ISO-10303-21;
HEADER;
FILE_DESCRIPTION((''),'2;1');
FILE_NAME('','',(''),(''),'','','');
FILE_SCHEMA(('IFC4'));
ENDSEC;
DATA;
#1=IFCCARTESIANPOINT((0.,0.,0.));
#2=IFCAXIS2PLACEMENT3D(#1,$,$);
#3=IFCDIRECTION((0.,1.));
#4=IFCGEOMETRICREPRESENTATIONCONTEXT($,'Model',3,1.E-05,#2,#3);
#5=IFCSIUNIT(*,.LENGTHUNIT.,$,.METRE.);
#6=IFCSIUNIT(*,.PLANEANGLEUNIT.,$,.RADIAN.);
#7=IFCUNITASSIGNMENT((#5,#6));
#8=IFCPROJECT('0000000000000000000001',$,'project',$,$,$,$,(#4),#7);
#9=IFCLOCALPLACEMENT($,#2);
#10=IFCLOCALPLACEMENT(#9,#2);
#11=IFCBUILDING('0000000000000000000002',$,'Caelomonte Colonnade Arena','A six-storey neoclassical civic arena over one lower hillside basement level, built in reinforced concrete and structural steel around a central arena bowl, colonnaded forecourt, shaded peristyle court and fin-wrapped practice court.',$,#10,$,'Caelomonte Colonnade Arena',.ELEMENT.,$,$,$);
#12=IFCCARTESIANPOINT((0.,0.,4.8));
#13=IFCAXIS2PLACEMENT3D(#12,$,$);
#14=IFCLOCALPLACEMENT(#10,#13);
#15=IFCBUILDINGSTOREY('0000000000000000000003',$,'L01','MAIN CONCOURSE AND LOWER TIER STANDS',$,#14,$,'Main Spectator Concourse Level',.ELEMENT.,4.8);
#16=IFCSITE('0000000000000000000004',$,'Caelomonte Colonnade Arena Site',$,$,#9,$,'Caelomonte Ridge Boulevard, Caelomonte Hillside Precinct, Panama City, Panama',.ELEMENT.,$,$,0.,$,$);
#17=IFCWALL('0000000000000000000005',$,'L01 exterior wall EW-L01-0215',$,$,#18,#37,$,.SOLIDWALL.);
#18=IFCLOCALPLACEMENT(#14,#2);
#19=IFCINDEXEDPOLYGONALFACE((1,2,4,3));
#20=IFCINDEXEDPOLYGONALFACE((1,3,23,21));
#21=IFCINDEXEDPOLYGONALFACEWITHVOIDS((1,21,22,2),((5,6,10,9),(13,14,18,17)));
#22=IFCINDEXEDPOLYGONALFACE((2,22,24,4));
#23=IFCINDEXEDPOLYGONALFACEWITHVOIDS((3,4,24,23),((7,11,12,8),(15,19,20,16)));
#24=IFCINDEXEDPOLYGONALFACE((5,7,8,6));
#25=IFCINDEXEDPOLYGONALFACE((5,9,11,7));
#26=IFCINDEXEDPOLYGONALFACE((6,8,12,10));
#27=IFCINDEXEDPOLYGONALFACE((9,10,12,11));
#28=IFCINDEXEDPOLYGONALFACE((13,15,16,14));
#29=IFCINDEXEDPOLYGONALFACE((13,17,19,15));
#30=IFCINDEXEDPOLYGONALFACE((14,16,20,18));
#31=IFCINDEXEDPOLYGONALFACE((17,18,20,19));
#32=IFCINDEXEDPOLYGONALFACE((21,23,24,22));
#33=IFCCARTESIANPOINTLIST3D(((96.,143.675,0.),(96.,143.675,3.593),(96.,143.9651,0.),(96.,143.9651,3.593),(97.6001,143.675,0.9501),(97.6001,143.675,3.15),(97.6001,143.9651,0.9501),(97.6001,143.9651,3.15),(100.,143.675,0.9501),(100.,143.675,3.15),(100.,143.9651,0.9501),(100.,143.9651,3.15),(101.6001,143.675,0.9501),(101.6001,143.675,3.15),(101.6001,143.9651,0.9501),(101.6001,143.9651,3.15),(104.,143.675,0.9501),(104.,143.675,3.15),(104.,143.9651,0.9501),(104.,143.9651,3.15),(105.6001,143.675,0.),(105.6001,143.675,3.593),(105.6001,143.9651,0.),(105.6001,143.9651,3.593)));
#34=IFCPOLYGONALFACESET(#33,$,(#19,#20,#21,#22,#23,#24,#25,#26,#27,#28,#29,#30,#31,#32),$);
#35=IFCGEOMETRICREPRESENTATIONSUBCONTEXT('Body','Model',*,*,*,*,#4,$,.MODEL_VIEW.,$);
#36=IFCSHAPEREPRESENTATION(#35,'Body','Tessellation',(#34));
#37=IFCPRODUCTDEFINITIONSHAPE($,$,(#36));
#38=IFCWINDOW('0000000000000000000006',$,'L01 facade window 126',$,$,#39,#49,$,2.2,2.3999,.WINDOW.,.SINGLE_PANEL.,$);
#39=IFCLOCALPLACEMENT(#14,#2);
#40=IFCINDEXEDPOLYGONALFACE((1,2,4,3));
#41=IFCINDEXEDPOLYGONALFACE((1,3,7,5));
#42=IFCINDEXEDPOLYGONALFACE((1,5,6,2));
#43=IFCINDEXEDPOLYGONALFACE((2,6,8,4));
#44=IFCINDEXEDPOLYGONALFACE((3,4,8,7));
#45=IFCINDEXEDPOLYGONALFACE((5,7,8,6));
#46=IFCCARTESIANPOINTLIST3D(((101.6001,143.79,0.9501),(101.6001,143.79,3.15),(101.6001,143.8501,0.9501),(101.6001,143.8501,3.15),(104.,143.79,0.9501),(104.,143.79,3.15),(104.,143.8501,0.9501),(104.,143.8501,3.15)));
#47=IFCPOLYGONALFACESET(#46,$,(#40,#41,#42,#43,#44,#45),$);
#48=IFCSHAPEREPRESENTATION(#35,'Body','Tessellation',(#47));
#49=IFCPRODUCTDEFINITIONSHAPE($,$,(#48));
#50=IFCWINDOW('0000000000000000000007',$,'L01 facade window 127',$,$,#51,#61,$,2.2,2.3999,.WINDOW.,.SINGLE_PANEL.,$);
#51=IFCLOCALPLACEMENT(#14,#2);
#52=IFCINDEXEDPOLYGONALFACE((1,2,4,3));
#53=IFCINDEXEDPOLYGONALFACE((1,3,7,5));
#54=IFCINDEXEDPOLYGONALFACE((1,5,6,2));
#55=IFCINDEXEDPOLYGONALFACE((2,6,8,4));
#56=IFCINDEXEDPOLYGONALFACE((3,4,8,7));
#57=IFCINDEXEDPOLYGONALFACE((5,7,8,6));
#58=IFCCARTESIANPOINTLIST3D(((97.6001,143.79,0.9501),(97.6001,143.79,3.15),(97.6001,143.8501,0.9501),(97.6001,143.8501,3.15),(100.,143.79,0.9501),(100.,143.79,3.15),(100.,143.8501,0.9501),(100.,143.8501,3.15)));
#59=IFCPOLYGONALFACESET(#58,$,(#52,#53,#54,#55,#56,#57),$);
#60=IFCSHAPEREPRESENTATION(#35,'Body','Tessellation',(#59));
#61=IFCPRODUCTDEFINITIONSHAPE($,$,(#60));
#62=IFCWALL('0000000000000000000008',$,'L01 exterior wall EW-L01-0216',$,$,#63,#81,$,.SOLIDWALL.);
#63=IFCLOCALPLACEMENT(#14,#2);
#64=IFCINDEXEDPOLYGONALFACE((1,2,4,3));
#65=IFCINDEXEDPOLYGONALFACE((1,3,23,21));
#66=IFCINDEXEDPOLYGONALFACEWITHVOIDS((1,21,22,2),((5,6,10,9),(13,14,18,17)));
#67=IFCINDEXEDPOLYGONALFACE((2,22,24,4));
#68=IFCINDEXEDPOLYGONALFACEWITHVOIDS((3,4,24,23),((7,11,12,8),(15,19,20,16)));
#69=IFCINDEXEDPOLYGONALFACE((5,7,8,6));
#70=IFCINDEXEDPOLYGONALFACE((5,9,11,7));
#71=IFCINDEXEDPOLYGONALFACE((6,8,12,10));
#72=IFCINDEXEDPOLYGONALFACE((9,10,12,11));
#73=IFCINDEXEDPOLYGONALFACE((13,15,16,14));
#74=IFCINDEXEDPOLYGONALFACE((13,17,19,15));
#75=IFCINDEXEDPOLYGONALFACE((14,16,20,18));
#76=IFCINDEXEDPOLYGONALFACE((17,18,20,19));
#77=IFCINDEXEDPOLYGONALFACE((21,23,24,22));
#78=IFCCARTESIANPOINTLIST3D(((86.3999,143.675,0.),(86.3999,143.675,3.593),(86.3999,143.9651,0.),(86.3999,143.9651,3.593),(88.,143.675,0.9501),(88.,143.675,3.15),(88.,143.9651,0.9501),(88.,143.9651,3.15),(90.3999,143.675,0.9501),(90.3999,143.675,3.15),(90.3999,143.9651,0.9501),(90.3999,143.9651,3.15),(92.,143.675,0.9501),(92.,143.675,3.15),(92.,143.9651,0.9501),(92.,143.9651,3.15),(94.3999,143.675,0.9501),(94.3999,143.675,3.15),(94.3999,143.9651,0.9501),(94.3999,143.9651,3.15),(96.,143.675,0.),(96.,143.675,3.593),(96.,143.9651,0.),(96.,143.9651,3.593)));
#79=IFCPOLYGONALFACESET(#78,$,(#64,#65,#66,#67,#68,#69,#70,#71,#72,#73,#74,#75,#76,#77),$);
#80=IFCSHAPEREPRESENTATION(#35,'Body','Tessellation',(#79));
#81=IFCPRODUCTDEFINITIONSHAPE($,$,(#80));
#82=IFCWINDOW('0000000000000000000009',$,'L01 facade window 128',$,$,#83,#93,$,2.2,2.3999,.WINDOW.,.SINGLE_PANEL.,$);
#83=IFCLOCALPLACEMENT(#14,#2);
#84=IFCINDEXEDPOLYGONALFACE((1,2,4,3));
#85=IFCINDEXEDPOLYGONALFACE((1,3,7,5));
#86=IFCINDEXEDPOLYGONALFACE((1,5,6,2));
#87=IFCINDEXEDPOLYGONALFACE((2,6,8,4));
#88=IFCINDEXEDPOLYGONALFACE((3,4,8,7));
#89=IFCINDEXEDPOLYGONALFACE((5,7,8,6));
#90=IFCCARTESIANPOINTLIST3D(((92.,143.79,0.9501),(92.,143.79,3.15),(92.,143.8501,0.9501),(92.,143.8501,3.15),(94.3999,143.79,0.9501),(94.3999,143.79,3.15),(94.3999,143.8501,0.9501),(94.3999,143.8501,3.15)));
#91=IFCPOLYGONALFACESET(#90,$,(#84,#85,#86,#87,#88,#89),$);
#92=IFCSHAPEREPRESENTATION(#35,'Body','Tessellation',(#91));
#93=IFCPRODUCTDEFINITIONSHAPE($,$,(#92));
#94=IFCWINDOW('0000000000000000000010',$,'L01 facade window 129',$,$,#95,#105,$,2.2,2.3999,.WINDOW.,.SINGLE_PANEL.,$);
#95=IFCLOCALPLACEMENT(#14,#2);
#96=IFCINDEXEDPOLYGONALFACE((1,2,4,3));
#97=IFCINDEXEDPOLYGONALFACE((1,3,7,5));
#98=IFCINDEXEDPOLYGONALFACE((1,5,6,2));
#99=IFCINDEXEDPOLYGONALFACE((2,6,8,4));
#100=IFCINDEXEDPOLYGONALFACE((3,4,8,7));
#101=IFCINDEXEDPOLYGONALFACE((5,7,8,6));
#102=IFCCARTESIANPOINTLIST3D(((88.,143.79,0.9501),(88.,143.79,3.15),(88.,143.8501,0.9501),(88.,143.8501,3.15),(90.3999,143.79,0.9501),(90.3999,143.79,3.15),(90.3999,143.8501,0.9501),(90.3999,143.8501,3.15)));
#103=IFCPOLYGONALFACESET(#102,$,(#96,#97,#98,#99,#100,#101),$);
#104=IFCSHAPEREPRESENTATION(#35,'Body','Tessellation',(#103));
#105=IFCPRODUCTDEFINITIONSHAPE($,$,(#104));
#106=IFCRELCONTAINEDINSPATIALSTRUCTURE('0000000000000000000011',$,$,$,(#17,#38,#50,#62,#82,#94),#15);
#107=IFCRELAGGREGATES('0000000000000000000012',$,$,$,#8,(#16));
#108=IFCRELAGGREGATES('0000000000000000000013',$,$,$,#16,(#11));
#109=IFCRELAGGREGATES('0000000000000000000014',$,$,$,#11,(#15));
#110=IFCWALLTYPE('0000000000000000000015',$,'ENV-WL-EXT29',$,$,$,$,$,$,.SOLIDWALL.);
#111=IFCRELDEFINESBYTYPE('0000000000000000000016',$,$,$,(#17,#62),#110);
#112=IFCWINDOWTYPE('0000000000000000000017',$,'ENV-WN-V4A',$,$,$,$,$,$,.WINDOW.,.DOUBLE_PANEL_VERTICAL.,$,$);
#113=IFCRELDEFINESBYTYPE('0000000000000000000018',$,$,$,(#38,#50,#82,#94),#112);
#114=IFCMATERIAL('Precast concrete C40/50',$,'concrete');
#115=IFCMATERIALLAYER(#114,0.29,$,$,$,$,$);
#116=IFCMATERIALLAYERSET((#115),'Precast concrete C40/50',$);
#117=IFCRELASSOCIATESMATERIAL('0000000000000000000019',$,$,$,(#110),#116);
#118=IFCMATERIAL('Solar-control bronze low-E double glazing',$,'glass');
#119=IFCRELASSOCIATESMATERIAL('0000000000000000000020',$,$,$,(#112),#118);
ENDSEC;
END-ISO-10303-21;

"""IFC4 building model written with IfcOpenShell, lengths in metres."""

from ifc_helpers import new_model, si_unit, direction, frame, frame_2d, origin, place, context, subcontext, project, spatial, rectangle, extrude, material, layer, layer_set, type_object, element, fill, save


model = new_model("IFC4")

# Units and contexts
model_context = context("Model", 3, precision=1e-05, world=origin(), true_north=direction((0.0, 1.0)))
body_context = subcontext(model_context, "Body", "Model", "MODEL_VIEW")
ifc_project = project(units=[si_unit("LENGTHUNIT", "METRE"), si_unit("PLANEANGLEUNIT", "RADIAN")], contexts=[model_context])

# Site, building, storey
site_placement = place(None, origin())
site = spatial("IfcSite", under=ifc_project, at=site_placement, Name="Caelomonte Colonnade Arena Site", LongName="Caelomonte Ridge Boulevard, Caelomonte Hillside Precinct, Panama City, Panama", CompositionType="ELEMENT", RefElevation=0.0)
building_placement = place(site_placement, origin())
building = spatial("IfcBuilding", under=site, at=building_placement, Name="Caelomonte Colonnade Arena", Description="A six-storey neoclassical civic arena over one lower hillside basement level, built in reinforced concrete and structural steel around a central arena bowl, colonnaded forecourt, shaded peristyle court and fin-wrapped practice court.", LongName="Caelomonte Colonnade Arena", CompositionType="ELEMENT")
storey_placement = place(building_placement, frame((0.0, 0.0, 4.8)))
storey = spatial("IfcBuildingStorey", under=building, at=storey_placement, Name="L01", Description="MAIN CONCOURSE AND LOWER TIER STANDS", LongName="Main Spectator Concourse Level", CompositionType="ELEMENT", Elevation=4.8)

# Walls, openings, windows
ifc_material_1 = material(Name="Precast concrete C40/50", Category="concrete")
ifc_layer = layer(ifc_material_1, 0.29)
ifc_layer_set = layer_set([ifc_layer], Name="Precast concrete C40/50")
wall_type = type_object("IfcWallType", Name="ENV-WL-EXT29", PredefinedType="SOLIDWALL", material=ifc_layer_set)
wall_1_placement = place(storey_placement, frame((105.6001, 143.8201, 0.0), z_axis=(0.0, 0.0, 1.0), x_axis=(-1.0, 0.0, 0.0)))
wall_1 = element("IfcWall", 1, at=wall_1_placement, inside=storey, type_object=wall_type, Name="L01 exterior wall EW-L01-0215", PredefinedType="SOLIDWALL", context=body_context, shape_type="SweptSolid", body=[
    extrude(rectangle(XDim=9.6001, YDim=0.29, at=frame_2d((4.8, 0.0))), origin(), (0.0, 0.0, 1.0), 3.593),
])
opening_1_placement = place(wall_1_placement, frame((4.0, 0.0, 0.95), z_axis=(0.0, 0.0, 1.0), x_axis=(-1.0, 0.0, 0.0)))
opening_1 = element("IfcOpeningElement", 2, at=opening_1_placement, cuts=wall_1, PredefinedType="OPENING", context=body_context, shape_type="SweptSolid", body=[
    extrude(rectangle(XDim=2.3999, YDim=2.2, at=frame_2d((1.2, 1.1001))), frame((0.0, 0.155, 0.0), z_axis=(0.0, -1.0, 0.0), x_axis=(1.0, 0.0, 0.0)), (0.0, 0.0, 1.0), 0.3101),
])
opening_2_placement = place(wall_1_placement, frame((8.0, 0.0, 0.95), z_axis=(0.0, 0.0, 1.0), x_axis=(-1.0, 0.0, 0.0)))
opening_2 = element("IfcOpeningElement", 3, at=opening_2_placement, cuts=wall_1, PredefinedType="OPENING", context=body_context, shape_type="SweptSolid", body=[
    extrude(rectangle(XDim=2.3999, YDim=2.2, at=frame_2d((1.2, 1.1001))), frame((0.0, 0.155, 0.0), z_axis=(0.0, -1.0, 0.0), x_axis=(1.0, 0.0, 0.0)), (0.0, 0.0, 1.0), 0.3101),
])
ifc_material_2 = material(Name="Solar-control bronze low-E double glazing", Category="glass")
window_type = type_object("IfcWindowType", Name="ENV-WN-V4A", PartitioningType="DOUBLE_PANEL_VERTICAL", PredefinedType="WINDOW", material=ifc_material_2)
window_1_placement = place(opening_1_placement, origin())
window_1 = element("IfcWindow", 4, at=window_1_placement, inside=storey, type_object=window_type, Name="L01 facade window 126", OverallHeight=2.2, OverallWidth=2.3999, PartitioningType="SINGLE_PANEL", PredefinedType="WINDOW", context=body_context, shape_type="SweptSolid", body=[
    extrude(rectangle(XDim=2.3999, YDim=2.2, at=frame_2d((1.2, 1.1001))), frame((0.0, 0.03, 0.0), z_axis=(0.0, -1.0, 0.0), x_axis=(1.0, 0.0, 0.0)), (0.0, 0.0, 1.0), 0.0601),
])
fill(opening_1, window_1)
window_2_placement = place(opening_2_placement, origin())
window_2 = element("IfcWindow", 5, at=window_2_placement, inside=storey, type_object=window_type, Name="L01 facade window 127", OverallHeight=2.2, OverallWidth=2.3999, PartitioningType="SINGLE_PANEL", PredefinedType="WINDOW", context=body_context, shape_type="SweptSolid", body=[
    extrude(rectangle(XDim=2.3999, YDim=2.2, at=frame_2d((1.2, 1.1001))), frame((0.0, 0.03, 0.0), z_axis=(0.0, -1.0, 0.0), x_axis=(1.0, 0.0, 0.0)), (0.0, 0.0, 1.0), 0.0601),
])
fill(opening_2, window_2)
wall_2_placement = place(storey_placement, frame((96.0, 143.8201, 0.0), z_axis=(0.0, 0.0, 1.0), x_axis=(-1.0, 0.0, 0.0)))
wall_2 = element("IfcWall", 6, at=wall_2_placement, inside=storey, type_object=wall_type, Name="L01 exterior wall EW-L01-0216", PredefinedType="SOLIDWALL", context=body_context, shape_type="SweptSolid", body=[
    extrude(rectangle(XDim=9.6001, YDim=0.29, at=frame_2d((4.8, 0.0))), origin(), (0.0, 0.0, 1.0), 3.593),
])
opening_3_placement = place(wall_2_placement, frame((4.0, 0.0, 0.95), z_axis=(0.0, 0.0, 1.0), x_axis=(-1.0, 0.0, 0.0)))
opening_3 = element("IfcOpeningElement", 7, at=opening_3_placement, cuts=wall_2, PredefinedType="OPENING", context=body_context, shape_type="SweptSolid", body=[
    extrude(rectangle(XDim=2.3999, YDim=2.2, at=frame_2d((1.2, 1.1001))), frame((0.0, 0.155, 0.0), z_axis=(0.0, -1.0, 0.0), x_axis=(1.0, 0.0, 0.0)), (0.0, 0.0, 1.0), 0.3101),
])
opening_4_placement = place(wall_2_placement, frame((8.0, 0.0, 0.95), z_axis=(0.0, 0.0, 1.0), x_axis=(-1.0, 0.0, 0.0)))
opening_4 = element("IfcOpeningElement", 8, at=opening_4_placement, cuts=wall_2, PredefinedType="OPENING", context=body_context, shape_type="SweptSolid", body=[
    extrude(rectangle(XDim=2.3999, YDim=2.2, at=frame_2d((1.2, 1.1001))), frame((0.0, 0.155, 0.0), z_axis=(0.0, -1.0, 0.0), x_axis=(1.0, 0.0, 0.0)), (0.0, 0.0, 1.0), 0.3101),
])
window_3_placement = place(opening_3_placement, origin())
window_3 = element("IfcWindow", 9, at=window_3_placement, inside=storey, type_object=window_type, Name="L01 facade window 128", OverallHeight=2.2, OverallWidth=2.3999, PartitioningType="SINGLE_PANEL", PredefinedType="WINDOW", context=body_context, shape_type="SweptSolid", body=[
    extrude(rectangle(XDim=2.3999, YDim=2.2, at=frame_2d((1.2, 1.1001))), frame((0.0, 0.03, 0.0), z_axis=(0.0, -1.0, 0.0), x_axis=(1.0, 0.0, 0.0)), (0.0, 0.0, 1.0), 0.0601),
])
fill(opening_3, window_3)
window_4_placement = place(opening_4_placement, origin())
window_4 = element("IfcWindow", 10, at=window_4_placement, inside=storey, type_object=window_type, Name="L01 facade window 129", OverallHeight=2.2, OverallWidth=2.3999, PartitioningType="SINGLE_PANEL", PredefinedType="WINDOW", context=body_context, shape_type="SweptSolid", body=[
    extrude(rectangle(XDim=2.3999, YDim=2.2, at=frame_2d((1.2, 1.1001))), frame((0.0, 0.03, 0.0), z_axis=(0.0, -1.0, 0.0), x_axis=(1.0, 0.0, 0.0)), (0.0, 0.0, 1.0), 0.0601),
])
fill(opening_4, window_4)

save(model, "model.ifc")
